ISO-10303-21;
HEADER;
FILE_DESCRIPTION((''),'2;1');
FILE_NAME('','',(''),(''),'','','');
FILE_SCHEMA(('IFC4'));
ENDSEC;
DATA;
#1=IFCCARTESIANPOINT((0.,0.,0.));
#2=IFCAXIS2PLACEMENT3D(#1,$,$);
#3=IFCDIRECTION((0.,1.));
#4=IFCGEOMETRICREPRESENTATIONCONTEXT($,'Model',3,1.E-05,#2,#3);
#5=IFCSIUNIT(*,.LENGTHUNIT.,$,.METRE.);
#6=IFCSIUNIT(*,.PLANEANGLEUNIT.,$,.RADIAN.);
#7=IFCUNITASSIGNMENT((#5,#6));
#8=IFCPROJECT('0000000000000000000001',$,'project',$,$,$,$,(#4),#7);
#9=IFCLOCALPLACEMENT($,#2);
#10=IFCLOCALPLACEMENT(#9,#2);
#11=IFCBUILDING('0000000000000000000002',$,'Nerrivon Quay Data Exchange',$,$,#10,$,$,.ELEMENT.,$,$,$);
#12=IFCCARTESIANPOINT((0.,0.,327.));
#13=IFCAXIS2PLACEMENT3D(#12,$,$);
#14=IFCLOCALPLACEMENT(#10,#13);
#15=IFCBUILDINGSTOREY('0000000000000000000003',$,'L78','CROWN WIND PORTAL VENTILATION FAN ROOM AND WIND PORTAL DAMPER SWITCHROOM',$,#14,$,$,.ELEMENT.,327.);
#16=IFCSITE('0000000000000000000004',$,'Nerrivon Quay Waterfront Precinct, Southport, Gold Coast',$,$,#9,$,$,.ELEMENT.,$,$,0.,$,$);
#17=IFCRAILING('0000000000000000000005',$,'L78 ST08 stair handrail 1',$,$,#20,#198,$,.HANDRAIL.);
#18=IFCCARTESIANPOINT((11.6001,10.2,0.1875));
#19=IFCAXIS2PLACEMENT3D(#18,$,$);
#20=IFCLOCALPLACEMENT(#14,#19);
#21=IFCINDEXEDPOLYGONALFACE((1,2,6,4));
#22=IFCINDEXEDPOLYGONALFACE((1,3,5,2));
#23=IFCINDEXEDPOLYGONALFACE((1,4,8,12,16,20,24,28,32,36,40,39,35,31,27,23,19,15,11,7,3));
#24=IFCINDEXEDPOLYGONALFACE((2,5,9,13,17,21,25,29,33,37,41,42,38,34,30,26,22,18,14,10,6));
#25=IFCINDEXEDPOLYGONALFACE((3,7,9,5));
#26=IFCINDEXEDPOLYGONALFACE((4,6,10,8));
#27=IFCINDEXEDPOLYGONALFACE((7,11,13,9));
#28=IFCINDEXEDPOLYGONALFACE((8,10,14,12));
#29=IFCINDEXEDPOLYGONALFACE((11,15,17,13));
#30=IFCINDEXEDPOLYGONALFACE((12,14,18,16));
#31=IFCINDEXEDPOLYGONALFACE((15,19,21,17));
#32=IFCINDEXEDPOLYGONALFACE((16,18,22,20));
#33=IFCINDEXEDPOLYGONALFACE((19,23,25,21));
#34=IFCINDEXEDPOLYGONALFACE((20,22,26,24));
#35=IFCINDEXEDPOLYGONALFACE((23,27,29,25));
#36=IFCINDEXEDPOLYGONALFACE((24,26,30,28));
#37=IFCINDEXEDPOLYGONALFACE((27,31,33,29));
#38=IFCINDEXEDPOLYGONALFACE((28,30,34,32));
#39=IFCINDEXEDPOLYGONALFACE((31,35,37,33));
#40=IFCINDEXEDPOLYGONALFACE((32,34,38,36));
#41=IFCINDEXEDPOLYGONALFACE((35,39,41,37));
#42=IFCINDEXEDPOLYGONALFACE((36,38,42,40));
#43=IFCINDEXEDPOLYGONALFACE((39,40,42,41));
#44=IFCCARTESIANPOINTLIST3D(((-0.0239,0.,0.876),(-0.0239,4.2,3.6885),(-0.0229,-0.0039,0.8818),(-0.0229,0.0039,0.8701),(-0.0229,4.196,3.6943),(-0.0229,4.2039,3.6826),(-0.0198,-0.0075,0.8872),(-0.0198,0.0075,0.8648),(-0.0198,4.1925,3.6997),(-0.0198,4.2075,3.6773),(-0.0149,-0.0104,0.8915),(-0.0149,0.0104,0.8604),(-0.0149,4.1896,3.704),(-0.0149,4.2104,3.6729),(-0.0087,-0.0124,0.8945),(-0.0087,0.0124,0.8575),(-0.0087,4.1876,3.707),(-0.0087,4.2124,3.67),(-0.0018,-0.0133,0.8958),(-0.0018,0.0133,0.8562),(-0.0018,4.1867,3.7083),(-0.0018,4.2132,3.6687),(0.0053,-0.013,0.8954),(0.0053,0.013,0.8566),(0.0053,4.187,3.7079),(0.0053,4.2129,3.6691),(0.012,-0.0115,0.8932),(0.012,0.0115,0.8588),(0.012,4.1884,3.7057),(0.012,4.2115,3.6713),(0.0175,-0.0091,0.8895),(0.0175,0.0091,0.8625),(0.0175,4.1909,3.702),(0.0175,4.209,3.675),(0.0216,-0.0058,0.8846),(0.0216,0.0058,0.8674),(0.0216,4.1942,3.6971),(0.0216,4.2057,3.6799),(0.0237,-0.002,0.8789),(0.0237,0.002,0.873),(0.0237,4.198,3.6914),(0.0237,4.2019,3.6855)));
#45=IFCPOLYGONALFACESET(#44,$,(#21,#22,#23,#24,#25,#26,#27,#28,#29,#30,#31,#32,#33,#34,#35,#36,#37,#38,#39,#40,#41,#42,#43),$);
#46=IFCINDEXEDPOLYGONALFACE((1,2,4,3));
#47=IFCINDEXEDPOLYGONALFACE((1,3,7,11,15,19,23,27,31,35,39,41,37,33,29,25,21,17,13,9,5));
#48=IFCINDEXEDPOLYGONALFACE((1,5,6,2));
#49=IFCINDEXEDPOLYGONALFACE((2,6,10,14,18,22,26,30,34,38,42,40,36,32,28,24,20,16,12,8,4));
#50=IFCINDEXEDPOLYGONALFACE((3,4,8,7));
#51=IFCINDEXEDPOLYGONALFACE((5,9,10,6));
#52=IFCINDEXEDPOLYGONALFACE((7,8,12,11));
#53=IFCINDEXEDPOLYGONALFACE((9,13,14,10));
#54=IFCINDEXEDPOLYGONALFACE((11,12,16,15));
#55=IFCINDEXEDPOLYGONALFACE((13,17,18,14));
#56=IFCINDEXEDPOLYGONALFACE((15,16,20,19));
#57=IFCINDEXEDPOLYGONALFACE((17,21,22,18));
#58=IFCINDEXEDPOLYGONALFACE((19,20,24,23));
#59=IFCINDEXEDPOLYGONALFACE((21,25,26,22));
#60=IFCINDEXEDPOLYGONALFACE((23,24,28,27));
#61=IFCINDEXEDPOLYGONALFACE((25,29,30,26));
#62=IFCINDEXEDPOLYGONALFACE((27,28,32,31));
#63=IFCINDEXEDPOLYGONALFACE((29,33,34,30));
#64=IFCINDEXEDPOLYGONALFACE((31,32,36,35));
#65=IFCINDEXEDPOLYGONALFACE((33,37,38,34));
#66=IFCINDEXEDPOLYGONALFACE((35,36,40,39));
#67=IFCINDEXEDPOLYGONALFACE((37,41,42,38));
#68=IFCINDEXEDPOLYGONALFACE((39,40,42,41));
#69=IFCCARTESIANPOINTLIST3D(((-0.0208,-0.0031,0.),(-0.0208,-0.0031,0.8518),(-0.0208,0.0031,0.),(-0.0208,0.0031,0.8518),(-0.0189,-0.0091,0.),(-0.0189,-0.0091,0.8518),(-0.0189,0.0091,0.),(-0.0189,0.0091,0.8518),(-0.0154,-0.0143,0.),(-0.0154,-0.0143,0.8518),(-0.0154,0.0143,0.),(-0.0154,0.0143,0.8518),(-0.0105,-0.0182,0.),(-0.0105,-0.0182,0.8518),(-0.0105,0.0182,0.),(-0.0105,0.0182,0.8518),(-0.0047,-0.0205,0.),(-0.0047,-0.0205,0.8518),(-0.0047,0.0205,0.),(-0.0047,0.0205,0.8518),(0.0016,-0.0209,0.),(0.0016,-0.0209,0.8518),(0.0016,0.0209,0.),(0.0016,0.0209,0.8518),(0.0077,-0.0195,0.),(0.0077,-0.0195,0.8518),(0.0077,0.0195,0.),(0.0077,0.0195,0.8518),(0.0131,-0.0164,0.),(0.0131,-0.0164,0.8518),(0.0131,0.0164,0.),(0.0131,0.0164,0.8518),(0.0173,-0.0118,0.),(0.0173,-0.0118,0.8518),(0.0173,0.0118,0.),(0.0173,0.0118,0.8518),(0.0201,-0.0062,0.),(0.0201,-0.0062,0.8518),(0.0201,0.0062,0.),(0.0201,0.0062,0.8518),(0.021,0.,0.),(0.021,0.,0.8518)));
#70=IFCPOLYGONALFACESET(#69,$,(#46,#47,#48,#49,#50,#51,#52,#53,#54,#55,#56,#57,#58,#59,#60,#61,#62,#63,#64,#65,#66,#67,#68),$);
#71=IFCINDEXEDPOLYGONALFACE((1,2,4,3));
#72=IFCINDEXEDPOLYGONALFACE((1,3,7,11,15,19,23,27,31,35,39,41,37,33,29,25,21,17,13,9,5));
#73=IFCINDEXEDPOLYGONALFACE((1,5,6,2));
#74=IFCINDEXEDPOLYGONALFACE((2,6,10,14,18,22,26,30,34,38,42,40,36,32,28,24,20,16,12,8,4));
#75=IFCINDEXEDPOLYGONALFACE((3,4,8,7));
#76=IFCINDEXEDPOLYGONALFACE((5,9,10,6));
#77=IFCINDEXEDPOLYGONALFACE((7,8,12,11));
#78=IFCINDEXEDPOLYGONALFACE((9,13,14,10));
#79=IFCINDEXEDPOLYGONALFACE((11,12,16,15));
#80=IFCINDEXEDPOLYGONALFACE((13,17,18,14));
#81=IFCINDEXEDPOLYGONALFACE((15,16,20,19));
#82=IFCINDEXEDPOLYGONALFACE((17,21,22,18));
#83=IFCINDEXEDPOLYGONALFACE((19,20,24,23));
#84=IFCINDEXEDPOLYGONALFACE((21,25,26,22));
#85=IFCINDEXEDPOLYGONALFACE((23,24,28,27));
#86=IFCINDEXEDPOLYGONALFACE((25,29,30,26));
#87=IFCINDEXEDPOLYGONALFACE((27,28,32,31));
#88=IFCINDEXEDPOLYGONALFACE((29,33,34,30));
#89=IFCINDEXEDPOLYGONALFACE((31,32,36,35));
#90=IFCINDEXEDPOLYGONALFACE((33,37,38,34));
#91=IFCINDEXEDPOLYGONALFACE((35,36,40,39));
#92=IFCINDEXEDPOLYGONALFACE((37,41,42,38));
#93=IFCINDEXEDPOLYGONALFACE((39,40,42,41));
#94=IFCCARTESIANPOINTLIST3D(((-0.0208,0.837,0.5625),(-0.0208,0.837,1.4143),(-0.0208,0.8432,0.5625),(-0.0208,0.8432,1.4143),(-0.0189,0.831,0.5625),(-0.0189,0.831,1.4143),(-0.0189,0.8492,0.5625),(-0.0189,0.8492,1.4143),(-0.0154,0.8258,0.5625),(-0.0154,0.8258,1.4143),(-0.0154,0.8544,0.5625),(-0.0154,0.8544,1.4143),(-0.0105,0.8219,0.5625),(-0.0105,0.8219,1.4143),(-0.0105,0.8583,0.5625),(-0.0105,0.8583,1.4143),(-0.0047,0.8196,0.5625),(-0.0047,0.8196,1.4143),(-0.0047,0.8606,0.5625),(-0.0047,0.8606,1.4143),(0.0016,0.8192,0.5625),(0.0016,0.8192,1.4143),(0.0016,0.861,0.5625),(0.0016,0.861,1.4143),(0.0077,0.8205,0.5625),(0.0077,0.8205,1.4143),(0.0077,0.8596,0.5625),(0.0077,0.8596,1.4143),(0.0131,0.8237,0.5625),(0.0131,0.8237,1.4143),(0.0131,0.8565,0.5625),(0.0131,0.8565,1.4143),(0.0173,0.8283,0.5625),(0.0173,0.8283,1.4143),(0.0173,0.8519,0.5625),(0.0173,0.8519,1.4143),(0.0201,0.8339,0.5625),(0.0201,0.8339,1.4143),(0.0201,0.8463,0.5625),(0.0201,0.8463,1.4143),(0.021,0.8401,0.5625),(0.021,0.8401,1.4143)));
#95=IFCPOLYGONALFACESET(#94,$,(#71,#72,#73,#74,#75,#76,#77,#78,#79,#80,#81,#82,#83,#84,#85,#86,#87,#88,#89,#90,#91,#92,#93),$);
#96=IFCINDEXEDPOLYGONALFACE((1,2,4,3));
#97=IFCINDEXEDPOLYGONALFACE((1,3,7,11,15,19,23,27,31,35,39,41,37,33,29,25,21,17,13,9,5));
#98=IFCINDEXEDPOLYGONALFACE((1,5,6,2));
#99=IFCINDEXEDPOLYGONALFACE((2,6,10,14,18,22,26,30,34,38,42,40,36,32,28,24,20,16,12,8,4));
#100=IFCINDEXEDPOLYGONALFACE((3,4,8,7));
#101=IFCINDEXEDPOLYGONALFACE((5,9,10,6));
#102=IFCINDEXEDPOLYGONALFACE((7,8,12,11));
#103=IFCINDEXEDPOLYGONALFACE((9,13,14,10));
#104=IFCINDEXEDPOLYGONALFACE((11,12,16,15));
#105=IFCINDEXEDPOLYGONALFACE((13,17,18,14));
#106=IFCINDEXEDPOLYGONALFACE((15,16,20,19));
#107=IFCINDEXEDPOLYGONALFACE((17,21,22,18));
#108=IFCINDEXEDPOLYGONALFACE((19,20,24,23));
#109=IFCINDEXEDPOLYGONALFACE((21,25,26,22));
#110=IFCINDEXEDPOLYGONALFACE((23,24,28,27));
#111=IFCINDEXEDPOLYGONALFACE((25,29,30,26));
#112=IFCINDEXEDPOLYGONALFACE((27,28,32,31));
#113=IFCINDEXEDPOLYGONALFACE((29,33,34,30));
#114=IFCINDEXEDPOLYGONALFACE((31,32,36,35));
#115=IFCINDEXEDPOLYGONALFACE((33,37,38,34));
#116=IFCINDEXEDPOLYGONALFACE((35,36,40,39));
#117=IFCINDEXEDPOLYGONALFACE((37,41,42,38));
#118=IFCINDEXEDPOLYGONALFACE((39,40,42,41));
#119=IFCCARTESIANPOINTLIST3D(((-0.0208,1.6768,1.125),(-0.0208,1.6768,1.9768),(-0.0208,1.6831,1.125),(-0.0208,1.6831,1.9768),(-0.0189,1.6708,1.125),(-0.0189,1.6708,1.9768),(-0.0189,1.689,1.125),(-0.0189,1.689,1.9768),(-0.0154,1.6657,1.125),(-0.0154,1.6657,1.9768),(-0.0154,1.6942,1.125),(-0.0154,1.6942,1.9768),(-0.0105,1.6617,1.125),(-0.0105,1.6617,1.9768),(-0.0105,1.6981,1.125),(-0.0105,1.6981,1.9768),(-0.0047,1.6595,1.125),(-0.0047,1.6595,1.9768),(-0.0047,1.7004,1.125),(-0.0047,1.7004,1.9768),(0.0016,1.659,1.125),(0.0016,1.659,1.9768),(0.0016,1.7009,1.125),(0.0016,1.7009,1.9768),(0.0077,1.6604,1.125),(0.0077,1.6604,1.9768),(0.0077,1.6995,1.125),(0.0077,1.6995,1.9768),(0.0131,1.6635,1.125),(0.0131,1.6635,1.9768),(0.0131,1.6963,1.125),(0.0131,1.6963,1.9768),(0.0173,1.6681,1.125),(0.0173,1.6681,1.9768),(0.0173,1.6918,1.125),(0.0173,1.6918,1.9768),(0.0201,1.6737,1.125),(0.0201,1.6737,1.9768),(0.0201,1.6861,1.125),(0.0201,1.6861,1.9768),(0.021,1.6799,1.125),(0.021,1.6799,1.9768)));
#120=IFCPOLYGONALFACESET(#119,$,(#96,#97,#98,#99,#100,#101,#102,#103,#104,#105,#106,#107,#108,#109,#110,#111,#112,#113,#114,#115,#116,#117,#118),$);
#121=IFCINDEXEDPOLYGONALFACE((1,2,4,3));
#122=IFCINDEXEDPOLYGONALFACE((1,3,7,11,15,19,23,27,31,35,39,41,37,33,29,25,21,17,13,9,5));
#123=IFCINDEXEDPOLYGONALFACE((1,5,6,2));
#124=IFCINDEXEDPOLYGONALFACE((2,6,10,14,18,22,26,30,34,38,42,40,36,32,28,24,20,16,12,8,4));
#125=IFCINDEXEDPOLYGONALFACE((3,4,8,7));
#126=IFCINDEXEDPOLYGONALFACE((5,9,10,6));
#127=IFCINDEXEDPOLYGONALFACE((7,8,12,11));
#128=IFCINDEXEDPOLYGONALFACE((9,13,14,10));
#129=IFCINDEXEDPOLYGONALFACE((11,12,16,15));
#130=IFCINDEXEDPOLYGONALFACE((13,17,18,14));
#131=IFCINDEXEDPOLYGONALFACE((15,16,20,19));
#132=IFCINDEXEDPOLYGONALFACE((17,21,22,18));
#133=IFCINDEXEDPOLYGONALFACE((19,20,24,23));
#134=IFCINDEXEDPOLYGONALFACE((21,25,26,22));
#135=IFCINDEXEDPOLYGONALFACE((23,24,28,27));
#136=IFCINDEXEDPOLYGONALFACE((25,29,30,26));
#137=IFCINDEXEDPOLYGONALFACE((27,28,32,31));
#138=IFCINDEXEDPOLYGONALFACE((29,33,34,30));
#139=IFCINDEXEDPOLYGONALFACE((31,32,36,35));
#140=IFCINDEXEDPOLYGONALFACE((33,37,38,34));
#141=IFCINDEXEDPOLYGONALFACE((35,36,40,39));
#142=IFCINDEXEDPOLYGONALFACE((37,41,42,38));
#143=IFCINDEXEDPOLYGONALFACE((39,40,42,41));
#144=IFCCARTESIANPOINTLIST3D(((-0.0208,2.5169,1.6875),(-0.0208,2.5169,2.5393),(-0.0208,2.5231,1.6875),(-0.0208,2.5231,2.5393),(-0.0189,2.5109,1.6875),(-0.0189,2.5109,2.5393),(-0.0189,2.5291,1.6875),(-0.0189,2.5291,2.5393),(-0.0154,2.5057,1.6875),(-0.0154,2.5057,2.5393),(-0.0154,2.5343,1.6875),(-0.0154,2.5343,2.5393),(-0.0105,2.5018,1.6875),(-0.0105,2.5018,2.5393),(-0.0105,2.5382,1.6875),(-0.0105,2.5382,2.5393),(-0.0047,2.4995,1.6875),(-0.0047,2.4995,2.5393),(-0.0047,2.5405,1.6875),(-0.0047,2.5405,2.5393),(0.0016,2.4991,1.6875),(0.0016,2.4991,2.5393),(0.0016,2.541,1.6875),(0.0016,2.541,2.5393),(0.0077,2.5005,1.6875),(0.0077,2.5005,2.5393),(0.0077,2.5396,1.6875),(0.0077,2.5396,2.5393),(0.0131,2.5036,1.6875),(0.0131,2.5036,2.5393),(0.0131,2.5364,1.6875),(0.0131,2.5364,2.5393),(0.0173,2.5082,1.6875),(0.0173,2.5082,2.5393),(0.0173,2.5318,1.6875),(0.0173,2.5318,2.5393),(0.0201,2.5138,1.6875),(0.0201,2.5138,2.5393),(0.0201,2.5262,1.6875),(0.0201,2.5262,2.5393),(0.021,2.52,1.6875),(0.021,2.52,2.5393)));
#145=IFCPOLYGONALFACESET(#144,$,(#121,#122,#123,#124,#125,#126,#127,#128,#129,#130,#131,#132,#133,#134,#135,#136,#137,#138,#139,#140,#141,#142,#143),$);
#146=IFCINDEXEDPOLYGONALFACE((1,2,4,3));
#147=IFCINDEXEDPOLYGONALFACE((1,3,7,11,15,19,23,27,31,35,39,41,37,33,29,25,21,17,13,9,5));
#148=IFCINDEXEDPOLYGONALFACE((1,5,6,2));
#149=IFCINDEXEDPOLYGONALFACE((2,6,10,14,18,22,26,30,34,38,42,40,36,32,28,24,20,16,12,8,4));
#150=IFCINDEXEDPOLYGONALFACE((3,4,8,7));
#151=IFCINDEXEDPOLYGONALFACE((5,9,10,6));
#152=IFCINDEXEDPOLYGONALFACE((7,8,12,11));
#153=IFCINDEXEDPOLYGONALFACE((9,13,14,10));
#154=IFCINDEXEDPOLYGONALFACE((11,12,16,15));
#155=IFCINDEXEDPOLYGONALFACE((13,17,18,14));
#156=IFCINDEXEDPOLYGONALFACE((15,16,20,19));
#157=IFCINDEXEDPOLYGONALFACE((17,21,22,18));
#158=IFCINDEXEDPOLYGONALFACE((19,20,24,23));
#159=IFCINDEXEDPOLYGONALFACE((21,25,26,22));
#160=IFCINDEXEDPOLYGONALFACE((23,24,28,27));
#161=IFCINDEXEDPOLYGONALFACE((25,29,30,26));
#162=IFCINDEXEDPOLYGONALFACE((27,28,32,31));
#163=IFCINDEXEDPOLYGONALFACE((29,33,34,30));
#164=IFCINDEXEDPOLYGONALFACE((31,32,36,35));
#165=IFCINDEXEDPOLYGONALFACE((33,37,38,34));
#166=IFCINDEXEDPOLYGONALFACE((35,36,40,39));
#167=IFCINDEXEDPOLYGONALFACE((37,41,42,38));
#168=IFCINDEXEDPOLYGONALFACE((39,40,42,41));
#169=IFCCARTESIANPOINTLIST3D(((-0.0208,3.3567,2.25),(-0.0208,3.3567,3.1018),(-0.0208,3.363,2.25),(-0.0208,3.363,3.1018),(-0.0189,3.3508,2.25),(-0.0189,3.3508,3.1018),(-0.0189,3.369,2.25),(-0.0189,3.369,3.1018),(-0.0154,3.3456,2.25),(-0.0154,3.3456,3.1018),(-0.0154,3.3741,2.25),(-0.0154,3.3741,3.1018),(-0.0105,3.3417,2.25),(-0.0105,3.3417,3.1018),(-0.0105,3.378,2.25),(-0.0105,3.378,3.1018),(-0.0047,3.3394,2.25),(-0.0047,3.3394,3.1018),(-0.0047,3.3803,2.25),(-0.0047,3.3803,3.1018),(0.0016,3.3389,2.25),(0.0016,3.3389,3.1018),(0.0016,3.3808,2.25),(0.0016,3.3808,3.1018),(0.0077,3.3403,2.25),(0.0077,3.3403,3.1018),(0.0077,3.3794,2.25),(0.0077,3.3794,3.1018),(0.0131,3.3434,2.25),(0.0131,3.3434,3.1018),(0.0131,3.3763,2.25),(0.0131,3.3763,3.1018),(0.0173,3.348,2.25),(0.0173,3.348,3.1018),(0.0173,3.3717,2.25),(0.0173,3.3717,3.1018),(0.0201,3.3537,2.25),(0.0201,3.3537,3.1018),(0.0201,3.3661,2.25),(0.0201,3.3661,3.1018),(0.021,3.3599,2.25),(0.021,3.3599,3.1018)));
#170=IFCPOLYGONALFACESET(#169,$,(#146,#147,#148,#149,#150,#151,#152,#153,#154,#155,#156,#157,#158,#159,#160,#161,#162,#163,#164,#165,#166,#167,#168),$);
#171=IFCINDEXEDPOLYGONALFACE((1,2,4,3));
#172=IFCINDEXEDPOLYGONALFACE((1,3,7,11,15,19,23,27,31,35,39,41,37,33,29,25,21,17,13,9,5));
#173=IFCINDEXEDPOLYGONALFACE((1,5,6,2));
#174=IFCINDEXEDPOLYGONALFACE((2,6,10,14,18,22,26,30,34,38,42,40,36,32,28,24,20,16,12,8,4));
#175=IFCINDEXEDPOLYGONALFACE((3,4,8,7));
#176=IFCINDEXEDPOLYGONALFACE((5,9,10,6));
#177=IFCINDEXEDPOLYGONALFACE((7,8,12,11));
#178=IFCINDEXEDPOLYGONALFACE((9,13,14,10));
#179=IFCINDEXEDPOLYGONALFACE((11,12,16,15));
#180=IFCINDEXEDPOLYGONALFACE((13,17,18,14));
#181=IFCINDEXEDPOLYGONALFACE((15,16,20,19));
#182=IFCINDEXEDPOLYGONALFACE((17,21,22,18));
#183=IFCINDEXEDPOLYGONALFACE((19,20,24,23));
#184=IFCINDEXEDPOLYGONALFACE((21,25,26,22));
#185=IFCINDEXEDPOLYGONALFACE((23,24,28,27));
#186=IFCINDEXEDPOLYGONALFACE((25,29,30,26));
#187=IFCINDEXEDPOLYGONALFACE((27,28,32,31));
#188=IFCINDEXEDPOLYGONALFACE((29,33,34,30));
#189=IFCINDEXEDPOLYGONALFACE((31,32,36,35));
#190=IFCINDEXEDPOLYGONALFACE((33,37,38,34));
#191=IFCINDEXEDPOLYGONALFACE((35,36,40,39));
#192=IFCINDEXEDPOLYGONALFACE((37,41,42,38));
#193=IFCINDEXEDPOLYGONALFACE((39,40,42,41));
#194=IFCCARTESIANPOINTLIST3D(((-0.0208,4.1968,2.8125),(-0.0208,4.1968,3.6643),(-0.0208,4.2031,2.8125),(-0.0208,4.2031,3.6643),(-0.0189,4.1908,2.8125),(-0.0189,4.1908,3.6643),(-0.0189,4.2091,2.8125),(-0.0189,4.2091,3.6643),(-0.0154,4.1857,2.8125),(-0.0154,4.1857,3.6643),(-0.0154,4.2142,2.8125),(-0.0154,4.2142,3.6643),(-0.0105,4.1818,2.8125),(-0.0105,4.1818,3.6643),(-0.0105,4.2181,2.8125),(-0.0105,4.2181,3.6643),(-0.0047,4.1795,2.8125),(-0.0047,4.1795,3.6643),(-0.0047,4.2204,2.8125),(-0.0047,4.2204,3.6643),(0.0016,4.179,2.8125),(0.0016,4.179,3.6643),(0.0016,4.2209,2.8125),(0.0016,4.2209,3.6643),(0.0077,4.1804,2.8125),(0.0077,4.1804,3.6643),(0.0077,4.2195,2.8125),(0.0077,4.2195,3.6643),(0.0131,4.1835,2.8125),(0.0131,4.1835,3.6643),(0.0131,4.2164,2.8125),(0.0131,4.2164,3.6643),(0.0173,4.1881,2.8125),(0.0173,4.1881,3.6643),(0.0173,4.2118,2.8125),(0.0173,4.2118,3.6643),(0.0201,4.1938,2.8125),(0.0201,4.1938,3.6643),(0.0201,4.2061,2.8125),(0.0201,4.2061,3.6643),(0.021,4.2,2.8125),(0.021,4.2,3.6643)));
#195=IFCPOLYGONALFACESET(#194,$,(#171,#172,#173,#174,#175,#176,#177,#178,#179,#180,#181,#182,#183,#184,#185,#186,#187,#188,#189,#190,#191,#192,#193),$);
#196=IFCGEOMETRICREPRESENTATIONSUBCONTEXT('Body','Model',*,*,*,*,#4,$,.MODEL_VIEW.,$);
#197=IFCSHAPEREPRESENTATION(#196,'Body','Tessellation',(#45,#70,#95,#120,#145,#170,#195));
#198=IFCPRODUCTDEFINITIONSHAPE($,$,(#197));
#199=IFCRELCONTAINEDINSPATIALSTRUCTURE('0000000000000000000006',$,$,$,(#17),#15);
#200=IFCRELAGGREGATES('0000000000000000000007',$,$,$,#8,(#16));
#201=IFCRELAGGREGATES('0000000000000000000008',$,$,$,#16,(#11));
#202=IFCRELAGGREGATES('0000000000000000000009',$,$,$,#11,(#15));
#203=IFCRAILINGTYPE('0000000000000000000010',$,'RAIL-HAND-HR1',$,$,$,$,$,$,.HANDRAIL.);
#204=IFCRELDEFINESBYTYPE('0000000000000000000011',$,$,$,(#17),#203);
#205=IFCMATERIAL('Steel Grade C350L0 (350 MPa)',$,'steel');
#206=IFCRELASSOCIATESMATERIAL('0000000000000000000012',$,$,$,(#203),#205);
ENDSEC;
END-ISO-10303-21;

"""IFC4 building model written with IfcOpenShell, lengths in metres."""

from ifc_helpers import new_model, si_unit, direction, frame, origin, origin_2d, place, context, subcontext, project, spatial, circle, extrude, material, type_object, element, save


model = new_model("IFC4")

# Units and contexts
model_context = context("Model", 3, precision=1e-05, world=origin(), true_north=direction((0.0, 1.0)))
body_context = subcontext(model_context, "Body", "Model", "MODEL_VIEW")
ifc_project = project(units=[si_unit("LENGTHUNIT", "METRE"), si_unit("PLANEANGLEUNIT", "RADIAN")], contexts=[model_context])

# Site, building, storey
site_placement = place(None, origin())
site = spatial("IfcSite", under=ifc_project, at=site_placement, Name="Nerrivon Quay Waterfront Precinct, Southport, Gold Coast", CompositionType="ELEMENT", RefElevation=0.0)
building_placement = place(site_placement, origin())
building = spatial("IfcBuilding", under=site, at=building_placement, Name="Nerrivon Quay Data Exchange", CompositionType="ELEMENT")
storey_placement = place(building_placement, frame((0.0, 0.0, 327.0)))
storey = spatial("IfcBuildingStorey", under=building, at=storey_placement, Name="L78", Description="CROWN WIND PORTAL VENTILATION FAN ROOM AND WIND PORTAL DAMPER SWITCHROOM", CompositionType="ELEMENT", Elevation=327.0)

# Shared definitions
ifc_material_1 = material(Name="Steel Grade C350L0 (350 MPa)", Category="steel")

# Railing
railing_type_1 = type_object("IfcRailingType", Name="RAIL-HAND-HR1", PredefinedType="HANDRAIL", material=ifc_material_1)
railing_1_placement = place(storey_placement, frame((11.6001, 10.2, 0.1875)))
element("IfcRailing", 1, at=railing_1_placement, inside=storey, type_object=railing_type_1, Name="L78 ST08 stair handrail 1", PredefinedType="HANDRAIL", context=body_context, shape_type="SweptSolid", body=[
    extrude(circle(Radius=0.0239, at=origin_2d()), frame((0.0, 0.0, 0.876), z_axis=(0.0, 0.830904, 0.556416), x_axis=(-1.0, 0.0, 0.0)), (0.0, 0.0, 1.0), 5.0547),
    extrude(circle(Radius=0.021, at=origin_2d()), origin(), (0.0, 0.0, 1.0), 0.8518),
    extrude(circle(Radius=0.021, at=origin_2d()), frame((0.0, 0.8401, 0.5625)), (0.0, 0.0, 1.0), 0.8518),
    extrude(circle(Radius=0.021, at=origin_2d()), frame((0.0, 1.6799, 1.125)), (0.0, 0.0, 1.0), 0.8518),
    extrude(circle(Radius=0.021, at=origin_2d()), frame((0.0, 2.52, 1.6875)), (0.0, 0.0, 1.0), 0.8518),
    extrude(circle(Radius=0.021, at=origin_2d()), frame((0.0, 3.3599, 2.25)), (0.0, 0.0, 1.0), 0.8518),
    extrude(circle(Radius=0.021, at=origin_2d()), frame((0.0, 4.2, 2.8125)), (0.0, 0.0, 1.0), 0.8518),
])

save(model, "model.ifc")
